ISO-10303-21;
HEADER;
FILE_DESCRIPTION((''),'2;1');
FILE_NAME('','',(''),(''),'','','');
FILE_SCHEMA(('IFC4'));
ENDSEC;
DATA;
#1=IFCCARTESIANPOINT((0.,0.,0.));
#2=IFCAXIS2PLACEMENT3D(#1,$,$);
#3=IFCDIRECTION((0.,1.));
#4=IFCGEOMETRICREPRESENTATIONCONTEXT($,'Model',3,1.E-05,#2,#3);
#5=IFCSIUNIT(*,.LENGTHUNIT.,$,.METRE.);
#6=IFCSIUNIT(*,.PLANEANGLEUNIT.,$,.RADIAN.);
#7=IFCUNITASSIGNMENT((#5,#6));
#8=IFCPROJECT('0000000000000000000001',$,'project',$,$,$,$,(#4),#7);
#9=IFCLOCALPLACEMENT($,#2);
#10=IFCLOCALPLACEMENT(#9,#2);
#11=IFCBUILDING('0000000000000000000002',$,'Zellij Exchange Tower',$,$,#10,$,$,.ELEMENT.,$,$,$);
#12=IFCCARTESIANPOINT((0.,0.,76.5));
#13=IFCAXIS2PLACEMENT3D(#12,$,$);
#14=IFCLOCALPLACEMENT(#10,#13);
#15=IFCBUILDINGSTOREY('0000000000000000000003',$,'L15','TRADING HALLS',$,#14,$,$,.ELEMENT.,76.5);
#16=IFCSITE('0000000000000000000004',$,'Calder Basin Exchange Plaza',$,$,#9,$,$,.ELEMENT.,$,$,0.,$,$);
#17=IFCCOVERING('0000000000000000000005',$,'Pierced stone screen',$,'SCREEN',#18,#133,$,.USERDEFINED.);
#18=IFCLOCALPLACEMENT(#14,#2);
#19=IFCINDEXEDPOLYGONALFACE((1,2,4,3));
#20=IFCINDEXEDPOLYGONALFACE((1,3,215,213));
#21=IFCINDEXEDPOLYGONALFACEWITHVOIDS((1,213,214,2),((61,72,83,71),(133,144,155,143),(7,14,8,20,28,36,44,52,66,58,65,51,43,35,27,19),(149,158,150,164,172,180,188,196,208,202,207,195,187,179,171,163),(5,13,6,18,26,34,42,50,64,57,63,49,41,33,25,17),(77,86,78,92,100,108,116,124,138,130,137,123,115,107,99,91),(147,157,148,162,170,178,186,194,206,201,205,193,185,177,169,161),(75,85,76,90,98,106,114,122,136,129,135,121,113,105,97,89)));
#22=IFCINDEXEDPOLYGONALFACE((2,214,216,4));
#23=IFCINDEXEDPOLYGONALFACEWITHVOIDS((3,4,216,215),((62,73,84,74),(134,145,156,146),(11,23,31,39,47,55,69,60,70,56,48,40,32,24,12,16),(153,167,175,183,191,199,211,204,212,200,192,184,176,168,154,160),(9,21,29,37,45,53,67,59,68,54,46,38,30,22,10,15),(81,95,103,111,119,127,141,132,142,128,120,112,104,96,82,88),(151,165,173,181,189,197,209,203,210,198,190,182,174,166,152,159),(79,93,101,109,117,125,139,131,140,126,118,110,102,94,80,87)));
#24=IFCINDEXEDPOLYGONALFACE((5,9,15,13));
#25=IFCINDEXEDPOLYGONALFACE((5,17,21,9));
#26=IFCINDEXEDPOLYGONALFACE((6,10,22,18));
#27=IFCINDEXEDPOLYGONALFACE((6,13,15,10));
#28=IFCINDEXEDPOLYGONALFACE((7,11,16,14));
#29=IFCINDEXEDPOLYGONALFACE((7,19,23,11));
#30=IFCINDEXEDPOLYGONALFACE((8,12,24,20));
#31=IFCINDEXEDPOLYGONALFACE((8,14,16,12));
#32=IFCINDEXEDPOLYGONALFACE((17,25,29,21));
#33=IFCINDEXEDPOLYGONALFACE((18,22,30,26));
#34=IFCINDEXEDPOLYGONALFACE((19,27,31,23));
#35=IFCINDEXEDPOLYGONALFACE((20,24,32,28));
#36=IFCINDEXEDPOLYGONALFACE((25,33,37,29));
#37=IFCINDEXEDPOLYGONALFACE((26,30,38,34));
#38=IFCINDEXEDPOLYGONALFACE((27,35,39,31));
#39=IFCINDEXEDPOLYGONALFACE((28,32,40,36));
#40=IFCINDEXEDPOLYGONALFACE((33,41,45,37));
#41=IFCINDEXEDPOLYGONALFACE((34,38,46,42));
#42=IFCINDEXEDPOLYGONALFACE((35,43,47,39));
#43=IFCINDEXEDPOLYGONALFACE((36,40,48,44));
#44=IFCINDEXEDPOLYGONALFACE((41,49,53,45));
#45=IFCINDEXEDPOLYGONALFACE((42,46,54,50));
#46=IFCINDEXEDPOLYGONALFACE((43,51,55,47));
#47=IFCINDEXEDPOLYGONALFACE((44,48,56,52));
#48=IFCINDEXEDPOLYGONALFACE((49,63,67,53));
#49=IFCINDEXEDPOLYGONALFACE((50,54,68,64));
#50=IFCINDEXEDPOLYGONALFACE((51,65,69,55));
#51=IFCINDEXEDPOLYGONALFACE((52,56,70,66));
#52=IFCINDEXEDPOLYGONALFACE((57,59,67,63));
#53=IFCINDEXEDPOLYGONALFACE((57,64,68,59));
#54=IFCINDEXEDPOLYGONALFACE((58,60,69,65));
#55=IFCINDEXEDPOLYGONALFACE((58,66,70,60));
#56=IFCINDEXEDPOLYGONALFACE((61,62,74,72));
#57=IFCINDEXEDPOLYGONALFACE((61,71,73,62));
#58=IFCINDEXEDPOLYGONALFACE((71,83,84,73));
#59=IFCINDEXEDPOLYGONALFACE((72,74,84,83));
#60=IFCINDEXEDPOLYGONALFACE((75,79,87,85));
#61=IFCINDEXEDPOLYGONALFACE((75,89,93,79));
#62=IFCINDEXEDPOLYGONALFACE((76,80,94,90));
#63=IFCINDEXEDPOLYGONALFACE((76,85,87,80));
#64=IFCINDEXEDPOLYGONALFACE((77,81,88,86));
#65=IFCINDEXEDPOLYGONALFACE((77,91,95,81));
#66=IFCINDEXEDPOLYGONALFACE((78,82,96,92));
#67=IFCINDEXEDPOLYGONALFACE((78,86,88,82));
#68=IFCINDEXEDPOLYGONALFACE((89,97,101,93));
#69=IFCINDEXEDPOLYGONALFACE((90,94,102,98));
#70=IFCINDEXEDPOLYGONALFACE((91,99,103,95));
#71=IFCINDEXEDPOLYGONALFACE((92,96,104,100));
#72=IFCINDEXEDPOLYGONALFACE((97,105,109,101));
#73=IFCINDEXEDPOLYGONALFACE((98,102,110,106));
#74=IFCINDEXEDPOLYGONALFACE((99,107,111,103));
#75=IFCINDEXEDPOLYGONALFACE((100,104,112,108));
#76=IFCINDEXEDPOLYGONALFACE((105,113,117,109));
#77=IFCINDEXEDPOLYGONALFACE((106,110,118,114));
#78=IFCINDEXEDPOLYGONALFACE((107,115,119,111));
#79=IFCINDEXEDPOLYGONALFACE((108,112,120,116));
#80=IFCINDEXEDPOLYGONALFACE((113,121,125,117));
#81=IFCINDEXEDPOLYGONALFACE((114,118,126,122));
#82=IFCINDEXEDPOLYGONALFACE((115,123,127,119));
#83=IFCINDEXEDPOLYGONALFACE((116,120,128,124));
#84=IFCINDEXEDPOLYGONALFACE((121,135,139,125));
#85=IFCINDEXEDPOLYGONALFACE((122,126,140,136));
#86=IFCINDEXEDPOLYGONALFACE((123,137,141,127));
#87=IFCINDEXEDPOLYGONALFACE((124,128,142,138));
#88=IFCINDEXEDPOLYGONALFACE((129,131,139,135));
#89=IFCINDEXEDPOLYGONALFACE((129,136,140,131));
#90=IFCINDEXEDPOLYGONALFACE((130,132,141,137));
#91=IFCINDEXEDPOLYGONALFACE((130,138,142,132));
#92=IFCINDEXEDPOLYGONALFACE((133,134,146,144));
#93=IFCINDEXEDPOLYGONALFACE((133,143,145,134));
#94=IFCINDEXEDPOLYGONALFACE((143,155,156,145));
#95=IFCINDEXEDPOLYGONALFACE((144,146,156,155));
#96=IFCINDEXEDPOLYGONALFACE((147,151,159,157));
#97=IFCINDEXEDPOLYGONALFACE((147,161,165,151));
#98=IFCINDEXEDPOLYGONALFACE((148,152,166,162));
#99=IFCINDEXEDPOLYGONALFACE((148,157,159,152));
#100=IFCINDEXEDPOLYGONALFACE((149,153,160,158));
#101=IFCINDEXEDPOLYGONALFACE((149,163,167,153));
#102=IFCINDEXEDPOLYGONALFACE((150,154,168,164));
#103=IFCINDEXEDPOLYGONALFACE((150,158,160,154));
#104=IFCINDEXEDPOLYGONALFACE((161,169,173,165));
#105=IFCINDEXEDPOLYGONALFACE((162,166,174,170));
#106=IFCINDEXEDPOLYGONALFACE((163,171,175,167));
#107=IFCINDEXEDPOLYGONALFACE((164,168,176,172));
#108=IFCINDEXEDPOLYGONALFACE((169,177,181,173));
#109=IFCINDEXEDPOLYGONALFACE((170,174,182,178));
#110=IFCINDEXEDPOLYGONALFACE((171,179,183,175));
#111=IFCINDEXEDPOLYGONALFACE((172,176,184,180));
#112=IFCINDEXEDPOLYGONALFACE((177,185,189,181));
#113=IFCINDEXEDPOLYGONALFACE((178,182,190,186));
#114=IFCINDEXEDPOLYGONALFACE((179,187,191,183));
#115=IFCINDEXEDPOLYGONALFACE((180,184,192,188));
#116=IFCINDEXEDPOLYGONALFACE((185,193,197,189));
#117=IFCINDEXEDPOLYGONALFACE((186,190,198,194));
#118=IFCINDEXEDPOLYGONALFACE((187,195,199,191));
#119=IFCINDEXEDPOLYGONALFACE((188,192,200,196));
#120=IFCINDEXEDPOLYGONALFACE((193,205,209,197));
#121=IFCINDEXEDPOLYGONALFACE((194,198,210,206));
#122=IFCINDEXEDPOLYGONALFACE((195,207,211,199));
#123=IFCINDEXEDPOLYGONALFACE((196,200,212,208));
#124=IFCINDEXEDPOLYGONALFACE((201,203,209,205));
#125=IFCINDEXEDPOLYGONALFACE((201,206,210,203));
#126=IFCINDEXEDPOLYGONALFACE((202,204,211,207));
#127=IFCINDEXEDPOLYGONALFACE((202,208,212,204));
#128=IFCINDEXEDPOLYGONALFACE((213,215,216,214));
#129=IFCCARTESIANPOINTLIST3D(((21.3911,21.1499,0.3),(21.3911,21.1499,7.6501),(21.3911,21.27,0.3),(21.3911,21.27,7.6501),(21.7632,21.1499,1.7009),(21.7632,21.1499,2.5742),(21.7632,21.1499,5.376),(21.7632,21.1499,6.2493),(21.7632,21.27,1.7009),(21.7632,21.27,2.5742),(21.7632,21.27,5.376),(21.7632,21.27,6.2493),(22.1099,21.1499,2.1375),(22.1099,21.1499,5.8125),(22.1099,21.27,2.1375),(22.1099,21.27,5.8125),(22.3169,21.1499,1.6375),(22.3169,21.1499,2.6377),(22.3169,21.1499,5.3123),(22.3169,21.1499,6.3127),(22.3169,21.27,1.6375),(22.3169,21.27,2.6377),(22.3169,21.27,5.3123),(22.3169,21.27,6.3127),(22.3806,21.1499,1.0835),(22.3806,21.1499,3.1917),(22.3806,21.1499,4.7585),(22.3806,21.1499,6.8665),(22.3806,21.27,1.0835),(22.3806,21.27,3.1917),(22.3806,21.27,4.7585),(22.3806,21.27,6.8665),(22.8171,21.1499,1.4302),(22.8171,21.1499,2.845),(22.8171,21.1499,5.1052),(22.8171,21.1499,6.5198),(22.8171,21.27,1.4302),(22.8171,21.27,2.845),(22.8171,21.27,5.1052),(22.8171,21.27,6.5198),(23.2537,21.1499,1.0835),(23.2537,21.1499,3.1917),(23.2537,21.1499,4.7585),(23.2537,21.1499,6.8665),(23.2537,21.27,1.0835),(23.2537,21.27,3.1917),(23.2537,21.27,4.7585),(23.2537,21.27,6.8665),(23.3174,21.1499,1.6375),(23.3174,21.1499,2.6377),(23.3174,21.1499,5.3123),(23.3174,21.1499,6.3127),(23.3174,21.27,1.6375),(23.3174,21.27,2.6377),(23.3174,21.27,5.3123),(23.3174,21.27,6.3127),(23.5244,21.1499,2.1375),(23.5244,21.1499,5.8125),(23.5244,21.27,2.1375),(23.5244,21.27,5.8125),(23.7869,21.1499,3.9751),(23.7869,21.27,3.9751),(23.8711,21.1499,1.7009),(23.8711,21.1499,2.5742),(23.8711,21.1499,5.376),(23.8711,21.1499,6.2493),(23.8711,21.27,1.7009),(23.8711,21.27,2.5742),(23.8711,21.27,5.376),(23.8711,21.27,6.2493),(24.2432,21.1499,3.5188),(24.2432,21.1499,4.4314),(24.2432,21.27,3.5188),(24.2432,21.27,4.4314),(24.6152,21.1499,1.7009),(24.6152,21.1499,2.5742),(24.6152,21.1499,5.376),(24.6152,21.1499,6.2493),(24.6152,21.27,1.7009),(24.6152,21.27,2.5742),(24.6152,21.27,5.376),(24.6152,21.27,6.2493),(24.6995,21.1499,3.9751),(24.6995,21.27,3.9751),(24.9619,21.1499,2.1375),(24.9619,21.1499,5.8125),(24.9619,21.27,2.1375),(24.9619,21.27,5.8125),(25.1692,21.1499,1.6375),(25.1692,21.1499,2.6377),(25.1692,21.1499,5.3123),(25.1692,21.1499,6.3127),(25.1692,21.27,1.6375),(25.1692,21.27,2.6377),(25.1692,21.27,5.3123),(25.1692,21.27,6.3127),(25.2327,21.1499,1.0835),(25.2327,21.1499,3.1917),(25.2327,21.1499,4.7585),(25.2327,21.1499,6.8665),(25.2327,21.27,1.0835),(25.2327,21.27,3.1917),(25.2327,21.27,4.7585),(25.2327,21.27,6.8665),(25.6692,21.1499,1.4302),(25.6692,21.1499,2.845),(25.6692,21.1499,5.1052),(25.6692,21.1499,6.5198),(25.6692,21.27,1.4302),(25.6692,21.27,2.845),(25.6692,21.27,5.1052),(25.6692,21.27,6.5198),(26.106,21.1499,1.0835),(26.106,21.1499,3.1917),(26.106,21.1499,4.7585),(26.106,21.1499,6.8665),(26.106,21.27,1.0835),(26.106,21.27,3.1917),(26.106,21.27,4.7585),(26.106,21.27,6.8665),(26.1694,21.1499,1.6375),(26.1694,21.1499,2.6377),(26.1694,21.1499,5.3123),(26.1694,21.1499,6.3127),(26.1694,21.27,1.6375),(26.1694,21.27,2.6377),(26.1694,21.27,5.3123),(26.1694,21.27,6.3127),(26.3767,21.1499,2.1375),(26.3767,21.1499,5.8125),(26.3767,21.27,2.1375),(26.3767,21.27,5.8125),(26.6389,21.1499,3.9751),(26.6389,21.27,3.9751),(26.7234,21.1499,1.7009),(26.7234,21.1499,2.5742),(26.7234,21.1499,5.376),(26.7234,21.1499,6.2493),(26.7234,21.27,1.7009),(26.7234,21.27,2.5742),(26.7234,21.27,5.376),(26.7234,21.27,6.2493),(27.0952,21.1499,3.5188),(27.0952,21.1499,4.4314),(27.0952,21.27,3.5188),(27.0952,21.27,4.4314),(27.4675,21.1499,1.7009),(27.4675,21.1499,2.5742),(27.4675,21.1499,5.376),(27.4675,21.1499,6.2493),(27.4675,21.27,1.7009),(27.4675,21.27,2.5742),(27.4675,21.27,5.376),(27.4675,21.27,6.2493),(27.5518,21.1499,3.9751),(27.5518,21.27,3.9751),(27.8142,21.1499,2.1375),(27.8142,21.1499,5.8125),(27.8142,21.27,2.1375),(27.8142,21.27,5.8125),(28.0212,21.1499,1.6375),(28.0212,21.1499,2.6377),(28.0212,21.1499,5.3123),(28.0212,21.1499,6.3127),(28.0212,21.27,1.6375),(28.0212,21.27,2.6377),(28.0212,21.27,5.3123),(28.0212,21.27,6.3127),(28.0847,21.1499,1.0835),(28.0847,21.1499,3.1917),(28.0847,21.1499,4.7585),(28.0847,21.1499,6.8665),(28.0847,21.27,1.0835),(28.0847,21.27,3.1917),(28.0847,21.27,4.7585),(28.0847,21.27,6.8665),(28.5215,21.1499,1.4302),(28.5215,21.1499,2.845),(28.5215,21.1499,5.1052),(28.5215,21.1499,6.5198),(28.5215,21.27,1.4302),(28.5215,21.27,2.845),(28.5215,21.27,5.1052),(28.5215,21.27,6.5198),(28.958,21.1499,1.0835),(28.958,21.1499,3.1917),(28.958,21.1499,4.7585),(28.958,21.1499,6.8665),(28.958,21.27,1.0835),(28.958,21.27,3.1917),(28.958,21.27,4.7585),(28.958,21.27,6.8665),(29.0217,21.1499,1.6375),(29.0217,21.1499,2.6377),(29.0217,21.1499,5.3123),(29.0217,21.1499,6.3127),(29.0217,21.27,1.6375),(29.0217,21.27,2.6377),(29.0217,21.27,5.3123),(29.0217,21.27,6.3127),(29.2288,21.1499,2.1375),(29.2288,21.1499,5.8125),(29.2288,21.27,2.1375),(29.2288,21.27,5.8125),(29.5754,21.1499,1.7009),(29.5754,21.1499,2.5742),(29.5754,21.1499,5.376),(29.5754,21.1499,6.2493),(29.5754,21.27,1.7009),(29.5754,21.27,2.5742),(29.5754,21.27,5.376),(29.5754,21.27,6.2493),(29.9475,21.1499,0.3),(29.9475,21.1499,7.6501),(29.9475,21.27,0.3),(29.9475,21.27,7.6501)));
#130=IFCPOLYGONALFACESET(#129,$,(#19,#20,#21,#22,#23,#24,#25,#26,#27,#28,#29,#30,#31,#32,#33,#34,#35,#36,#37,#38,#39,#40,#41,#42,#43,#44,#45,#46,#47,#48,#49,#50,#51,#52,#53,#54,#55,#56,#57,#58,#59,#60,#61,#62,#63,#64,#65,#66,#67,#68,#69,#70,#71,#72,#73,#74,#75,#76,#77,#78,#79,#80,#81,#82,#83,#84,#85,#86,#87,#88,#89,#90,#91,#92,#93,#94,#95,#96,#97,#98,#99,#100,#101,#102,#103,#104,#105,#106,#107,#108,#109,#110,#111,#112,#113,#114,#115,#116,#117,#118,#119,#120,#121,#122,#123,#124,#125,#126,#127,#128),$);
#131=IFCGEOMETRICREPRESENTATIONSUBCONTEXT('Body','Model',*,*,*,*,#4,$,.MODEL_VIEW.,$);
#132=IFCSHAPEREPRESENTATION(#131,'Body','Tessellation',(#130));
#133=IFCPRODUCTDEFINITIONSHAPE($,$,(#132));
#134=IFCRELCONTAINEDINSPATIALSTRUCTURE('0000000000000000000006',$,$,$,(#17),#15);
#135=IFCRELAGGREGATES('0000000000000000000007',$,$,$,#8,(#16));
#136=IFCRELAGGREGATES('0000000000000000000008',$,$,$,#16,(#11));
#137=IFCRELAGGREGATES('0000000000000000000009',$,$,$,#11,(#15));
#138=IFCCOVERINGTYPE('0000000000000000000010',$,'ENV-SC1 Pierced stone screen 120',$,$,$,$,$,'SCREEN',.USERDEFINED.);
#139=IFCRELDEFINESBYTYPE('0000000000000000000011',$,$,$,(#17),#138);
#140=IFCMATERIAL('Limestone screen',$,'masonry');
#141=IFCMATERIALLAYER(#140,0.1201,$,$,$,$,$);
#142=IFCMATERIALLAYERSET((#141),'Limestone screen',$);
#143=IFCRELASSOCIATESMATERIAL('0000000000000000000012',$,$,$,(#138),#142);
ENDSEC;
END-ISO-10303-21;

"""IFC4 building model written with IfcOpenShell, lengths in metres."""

from ifc_helpers import new_model, si_unit, direction, frame, origin, place, context, subcontext, project, spatial, polyline, outline, extrude, material, layer, layer_set, type_object, element, save


model = new_model("IFC4")

# Units and contexts
model_context = context("Model", 3, precision=1e-05, world=origin(), true_north=direction((0.0, 1.0)))
body_context = subcontext(model_context, "Body", "Model", "MODEL_VIEW")
ifc_project = project(units=[si_unit("LENGTHUNIT", "METRE"), si_unit("PLANEANGLEUNIT", "RADIAN")], contexts=[model_context])

# Site, building, storey
site_placement = place(None, origin())
site = spatial("IfcSite", under=ifc_project, at=site_placement, Name="Calder Basin Exchange Plaza", CompositionType="ELEMENT", RefElevation=0.0)
building_placement = place(site_placement, origin())
building = spatial("IfcBuilding", under=site, at=building_placement, Name="Zellij Exchange Tower", CompositionType="ELEMENT")
storey_placement = place(building_placement, frame((0.0, 0.0, 76.5)))
storey = spatial("IfcBuildingStorey", under=building, at=storey_placement, Name="L15", Description="TRADING HALLS", CompositionType="ELEMENT", Elevation=76.5)

# Covering
ifc_material_1 = material(Name="Limestone screen", Category="masonry")
ifc_layer_1 = layer(ifc_material_1, 0.1201)
ifc_layer_set_1 = layer_set([ifc_layer_1], Name="Limestone screen")
covering_type = type_object("IfcCoveringType", Name="ENV-SC1 Pierced stone screen 120", ElementType="SCREEN", PredefinedType="USERDEFINED", material=ifc_layer_set_1)
covering_1_placement = place(storey_placement, frame((29.9475, 21.21, 0.3), z_axis=(0.0, 0.0, 1.0), x_axis=(-1.0, 0.0, 0.0)))
element("IfcCovering", 1, at=covering_1_placement, inside=storey, type_object=covering_type, Name="Pierced stone screen", ObjectType="SCREEN", PredefinedType="USERDEFINED", context=body_context, shape_type="SweptSolid", body=[
    extrude(outline(polyline([(0.0, 0.0), (8.5564, 0.0), (8.5564, 7.3501), (0.0, 7.3501), (0.0, 0.0)]), holes=[polyline([(2.48, 2.2742), (1.9263, 2.3376), (1.8628, 2.8916), (1.426, 2.5449), (0.9895, 2.8916), (0.9258, 2.3376), (0.3721, 2.2742), (0.7188, 1.8374), (0.3721, 1.4009), (0.9258, 1.3374), (0.9895, 0.7834), (1.426, 1.1301), (1.8628, 0.7834), (1.9263, 1.3374), (2.48, 1.4009), (2.1333, 1.8374), (2.48, 2.2742)]), polyline([(2.48, 5.9492), (1.9263, 6.0127), (1.8628, 6.5664), (1.426, 6.2197), (0.9895, 6.5664), (0.9258, 6.0127), (0.3721, 5.9492), (0.7188, 5.5125), (0.3721, 5.0759), (0.9258, 5.0122), (0.9895, 4.4585), (1.426, 4.8052), (1.8628, 4.4585), (1.9263, 5.0122), (2.48, 5.0759), (2.1333, 5.5125), (2.48, 5.9492)]), polyline([(5.3323, 2.2742), (4.7783, 2.3376), (4.7148, 2.8916), (4.2783, 2.5449), (3.8416, 2.8916), (3.7781, 2.3376), (3.2241, 2.2742), (3.5708, 1.8374), (3.2241, 1.4009), (3.7781, 1.3374), (3.8416, 0.7834), (4.2783, 1.1301), (4.7148, 0.7834), (4.7783, 1.3374), (5.3323, 1.4009), (4.9856, 1.8374), (5.3323, 2.2742)]), polyline([(5.3323, 5.9492), (4.7783, 6.0127), (4.7148, 6.5664), (4.2783, 6.2197), (3.8416, 6.5664), (3.7781, 6.0127), (3.2241, 5.9492), (3.5708, 5.5125), (3.2241, 5.0759), (3.7781, 5.0122), (3.8416, 4.4585), (4.2783, 4.8052), (4.7148, 4.4585), (4.7783, 5.0122), (5.3323, 5.0759), (4.9856, 5.5125), (5.3323, 5.9492)]), polyline([(8.1843, 2.2742), (7.6306, 2.3376), (7.5669, 2.8916), (7.1304, 2.5449), (6.6938, 2.8916), (6.6301, 2.3376), (6.0764, 2.2742), (6.4231, 1.8374), (6.0764, 1.4009), (6.6301, 1.3374), (6.6938, 0.7834), (7.1304, 1.1301), (7.5669, 0.7834), (7.6306, 1.3374), (8.1843, 1.4009), (7.8376, 1.8374), (8.1843, 2.2742)]), polyline([(8.1843, 5.9492), (7.6306, 6.0127), (7.5669, 6.5664), (7.1304, 6.2197), (6.6938, 6.5664), (6.6301, 6.0127), (6.0764, 5.9492), (6.4231, 5.5125), (6.0764, 5.0759), (6.6301, 5.0122), (6.6938, 4.4585), (7.1304, 4.8052), (7.5669, 4.4585), (7.6306, 5.0122), (8.1843, 5.0759), (7.8376, 5.5125), (8.1843, 5.9492)]), polyline([(3.3086, 3.675), (2.8523, 4.1313), (2.3958, 3.675), (2.8523, 3.2188), (3.3086, 3.675)]), polyline([(6.1606, 3.675), (5.7043, 4.1313), (5.248, 3.675), (5.7043, 3.2188), (6.1606, 3.675)])]), frame((0.0, 0.0601, 0.0), z_axis=(0.0, -1.0, 0.0), x_axis=(1.0, 0.0, 0.0)), (0.0, 0.0, 1.0), 0.1201),
])

save(model, "model.ifc")
